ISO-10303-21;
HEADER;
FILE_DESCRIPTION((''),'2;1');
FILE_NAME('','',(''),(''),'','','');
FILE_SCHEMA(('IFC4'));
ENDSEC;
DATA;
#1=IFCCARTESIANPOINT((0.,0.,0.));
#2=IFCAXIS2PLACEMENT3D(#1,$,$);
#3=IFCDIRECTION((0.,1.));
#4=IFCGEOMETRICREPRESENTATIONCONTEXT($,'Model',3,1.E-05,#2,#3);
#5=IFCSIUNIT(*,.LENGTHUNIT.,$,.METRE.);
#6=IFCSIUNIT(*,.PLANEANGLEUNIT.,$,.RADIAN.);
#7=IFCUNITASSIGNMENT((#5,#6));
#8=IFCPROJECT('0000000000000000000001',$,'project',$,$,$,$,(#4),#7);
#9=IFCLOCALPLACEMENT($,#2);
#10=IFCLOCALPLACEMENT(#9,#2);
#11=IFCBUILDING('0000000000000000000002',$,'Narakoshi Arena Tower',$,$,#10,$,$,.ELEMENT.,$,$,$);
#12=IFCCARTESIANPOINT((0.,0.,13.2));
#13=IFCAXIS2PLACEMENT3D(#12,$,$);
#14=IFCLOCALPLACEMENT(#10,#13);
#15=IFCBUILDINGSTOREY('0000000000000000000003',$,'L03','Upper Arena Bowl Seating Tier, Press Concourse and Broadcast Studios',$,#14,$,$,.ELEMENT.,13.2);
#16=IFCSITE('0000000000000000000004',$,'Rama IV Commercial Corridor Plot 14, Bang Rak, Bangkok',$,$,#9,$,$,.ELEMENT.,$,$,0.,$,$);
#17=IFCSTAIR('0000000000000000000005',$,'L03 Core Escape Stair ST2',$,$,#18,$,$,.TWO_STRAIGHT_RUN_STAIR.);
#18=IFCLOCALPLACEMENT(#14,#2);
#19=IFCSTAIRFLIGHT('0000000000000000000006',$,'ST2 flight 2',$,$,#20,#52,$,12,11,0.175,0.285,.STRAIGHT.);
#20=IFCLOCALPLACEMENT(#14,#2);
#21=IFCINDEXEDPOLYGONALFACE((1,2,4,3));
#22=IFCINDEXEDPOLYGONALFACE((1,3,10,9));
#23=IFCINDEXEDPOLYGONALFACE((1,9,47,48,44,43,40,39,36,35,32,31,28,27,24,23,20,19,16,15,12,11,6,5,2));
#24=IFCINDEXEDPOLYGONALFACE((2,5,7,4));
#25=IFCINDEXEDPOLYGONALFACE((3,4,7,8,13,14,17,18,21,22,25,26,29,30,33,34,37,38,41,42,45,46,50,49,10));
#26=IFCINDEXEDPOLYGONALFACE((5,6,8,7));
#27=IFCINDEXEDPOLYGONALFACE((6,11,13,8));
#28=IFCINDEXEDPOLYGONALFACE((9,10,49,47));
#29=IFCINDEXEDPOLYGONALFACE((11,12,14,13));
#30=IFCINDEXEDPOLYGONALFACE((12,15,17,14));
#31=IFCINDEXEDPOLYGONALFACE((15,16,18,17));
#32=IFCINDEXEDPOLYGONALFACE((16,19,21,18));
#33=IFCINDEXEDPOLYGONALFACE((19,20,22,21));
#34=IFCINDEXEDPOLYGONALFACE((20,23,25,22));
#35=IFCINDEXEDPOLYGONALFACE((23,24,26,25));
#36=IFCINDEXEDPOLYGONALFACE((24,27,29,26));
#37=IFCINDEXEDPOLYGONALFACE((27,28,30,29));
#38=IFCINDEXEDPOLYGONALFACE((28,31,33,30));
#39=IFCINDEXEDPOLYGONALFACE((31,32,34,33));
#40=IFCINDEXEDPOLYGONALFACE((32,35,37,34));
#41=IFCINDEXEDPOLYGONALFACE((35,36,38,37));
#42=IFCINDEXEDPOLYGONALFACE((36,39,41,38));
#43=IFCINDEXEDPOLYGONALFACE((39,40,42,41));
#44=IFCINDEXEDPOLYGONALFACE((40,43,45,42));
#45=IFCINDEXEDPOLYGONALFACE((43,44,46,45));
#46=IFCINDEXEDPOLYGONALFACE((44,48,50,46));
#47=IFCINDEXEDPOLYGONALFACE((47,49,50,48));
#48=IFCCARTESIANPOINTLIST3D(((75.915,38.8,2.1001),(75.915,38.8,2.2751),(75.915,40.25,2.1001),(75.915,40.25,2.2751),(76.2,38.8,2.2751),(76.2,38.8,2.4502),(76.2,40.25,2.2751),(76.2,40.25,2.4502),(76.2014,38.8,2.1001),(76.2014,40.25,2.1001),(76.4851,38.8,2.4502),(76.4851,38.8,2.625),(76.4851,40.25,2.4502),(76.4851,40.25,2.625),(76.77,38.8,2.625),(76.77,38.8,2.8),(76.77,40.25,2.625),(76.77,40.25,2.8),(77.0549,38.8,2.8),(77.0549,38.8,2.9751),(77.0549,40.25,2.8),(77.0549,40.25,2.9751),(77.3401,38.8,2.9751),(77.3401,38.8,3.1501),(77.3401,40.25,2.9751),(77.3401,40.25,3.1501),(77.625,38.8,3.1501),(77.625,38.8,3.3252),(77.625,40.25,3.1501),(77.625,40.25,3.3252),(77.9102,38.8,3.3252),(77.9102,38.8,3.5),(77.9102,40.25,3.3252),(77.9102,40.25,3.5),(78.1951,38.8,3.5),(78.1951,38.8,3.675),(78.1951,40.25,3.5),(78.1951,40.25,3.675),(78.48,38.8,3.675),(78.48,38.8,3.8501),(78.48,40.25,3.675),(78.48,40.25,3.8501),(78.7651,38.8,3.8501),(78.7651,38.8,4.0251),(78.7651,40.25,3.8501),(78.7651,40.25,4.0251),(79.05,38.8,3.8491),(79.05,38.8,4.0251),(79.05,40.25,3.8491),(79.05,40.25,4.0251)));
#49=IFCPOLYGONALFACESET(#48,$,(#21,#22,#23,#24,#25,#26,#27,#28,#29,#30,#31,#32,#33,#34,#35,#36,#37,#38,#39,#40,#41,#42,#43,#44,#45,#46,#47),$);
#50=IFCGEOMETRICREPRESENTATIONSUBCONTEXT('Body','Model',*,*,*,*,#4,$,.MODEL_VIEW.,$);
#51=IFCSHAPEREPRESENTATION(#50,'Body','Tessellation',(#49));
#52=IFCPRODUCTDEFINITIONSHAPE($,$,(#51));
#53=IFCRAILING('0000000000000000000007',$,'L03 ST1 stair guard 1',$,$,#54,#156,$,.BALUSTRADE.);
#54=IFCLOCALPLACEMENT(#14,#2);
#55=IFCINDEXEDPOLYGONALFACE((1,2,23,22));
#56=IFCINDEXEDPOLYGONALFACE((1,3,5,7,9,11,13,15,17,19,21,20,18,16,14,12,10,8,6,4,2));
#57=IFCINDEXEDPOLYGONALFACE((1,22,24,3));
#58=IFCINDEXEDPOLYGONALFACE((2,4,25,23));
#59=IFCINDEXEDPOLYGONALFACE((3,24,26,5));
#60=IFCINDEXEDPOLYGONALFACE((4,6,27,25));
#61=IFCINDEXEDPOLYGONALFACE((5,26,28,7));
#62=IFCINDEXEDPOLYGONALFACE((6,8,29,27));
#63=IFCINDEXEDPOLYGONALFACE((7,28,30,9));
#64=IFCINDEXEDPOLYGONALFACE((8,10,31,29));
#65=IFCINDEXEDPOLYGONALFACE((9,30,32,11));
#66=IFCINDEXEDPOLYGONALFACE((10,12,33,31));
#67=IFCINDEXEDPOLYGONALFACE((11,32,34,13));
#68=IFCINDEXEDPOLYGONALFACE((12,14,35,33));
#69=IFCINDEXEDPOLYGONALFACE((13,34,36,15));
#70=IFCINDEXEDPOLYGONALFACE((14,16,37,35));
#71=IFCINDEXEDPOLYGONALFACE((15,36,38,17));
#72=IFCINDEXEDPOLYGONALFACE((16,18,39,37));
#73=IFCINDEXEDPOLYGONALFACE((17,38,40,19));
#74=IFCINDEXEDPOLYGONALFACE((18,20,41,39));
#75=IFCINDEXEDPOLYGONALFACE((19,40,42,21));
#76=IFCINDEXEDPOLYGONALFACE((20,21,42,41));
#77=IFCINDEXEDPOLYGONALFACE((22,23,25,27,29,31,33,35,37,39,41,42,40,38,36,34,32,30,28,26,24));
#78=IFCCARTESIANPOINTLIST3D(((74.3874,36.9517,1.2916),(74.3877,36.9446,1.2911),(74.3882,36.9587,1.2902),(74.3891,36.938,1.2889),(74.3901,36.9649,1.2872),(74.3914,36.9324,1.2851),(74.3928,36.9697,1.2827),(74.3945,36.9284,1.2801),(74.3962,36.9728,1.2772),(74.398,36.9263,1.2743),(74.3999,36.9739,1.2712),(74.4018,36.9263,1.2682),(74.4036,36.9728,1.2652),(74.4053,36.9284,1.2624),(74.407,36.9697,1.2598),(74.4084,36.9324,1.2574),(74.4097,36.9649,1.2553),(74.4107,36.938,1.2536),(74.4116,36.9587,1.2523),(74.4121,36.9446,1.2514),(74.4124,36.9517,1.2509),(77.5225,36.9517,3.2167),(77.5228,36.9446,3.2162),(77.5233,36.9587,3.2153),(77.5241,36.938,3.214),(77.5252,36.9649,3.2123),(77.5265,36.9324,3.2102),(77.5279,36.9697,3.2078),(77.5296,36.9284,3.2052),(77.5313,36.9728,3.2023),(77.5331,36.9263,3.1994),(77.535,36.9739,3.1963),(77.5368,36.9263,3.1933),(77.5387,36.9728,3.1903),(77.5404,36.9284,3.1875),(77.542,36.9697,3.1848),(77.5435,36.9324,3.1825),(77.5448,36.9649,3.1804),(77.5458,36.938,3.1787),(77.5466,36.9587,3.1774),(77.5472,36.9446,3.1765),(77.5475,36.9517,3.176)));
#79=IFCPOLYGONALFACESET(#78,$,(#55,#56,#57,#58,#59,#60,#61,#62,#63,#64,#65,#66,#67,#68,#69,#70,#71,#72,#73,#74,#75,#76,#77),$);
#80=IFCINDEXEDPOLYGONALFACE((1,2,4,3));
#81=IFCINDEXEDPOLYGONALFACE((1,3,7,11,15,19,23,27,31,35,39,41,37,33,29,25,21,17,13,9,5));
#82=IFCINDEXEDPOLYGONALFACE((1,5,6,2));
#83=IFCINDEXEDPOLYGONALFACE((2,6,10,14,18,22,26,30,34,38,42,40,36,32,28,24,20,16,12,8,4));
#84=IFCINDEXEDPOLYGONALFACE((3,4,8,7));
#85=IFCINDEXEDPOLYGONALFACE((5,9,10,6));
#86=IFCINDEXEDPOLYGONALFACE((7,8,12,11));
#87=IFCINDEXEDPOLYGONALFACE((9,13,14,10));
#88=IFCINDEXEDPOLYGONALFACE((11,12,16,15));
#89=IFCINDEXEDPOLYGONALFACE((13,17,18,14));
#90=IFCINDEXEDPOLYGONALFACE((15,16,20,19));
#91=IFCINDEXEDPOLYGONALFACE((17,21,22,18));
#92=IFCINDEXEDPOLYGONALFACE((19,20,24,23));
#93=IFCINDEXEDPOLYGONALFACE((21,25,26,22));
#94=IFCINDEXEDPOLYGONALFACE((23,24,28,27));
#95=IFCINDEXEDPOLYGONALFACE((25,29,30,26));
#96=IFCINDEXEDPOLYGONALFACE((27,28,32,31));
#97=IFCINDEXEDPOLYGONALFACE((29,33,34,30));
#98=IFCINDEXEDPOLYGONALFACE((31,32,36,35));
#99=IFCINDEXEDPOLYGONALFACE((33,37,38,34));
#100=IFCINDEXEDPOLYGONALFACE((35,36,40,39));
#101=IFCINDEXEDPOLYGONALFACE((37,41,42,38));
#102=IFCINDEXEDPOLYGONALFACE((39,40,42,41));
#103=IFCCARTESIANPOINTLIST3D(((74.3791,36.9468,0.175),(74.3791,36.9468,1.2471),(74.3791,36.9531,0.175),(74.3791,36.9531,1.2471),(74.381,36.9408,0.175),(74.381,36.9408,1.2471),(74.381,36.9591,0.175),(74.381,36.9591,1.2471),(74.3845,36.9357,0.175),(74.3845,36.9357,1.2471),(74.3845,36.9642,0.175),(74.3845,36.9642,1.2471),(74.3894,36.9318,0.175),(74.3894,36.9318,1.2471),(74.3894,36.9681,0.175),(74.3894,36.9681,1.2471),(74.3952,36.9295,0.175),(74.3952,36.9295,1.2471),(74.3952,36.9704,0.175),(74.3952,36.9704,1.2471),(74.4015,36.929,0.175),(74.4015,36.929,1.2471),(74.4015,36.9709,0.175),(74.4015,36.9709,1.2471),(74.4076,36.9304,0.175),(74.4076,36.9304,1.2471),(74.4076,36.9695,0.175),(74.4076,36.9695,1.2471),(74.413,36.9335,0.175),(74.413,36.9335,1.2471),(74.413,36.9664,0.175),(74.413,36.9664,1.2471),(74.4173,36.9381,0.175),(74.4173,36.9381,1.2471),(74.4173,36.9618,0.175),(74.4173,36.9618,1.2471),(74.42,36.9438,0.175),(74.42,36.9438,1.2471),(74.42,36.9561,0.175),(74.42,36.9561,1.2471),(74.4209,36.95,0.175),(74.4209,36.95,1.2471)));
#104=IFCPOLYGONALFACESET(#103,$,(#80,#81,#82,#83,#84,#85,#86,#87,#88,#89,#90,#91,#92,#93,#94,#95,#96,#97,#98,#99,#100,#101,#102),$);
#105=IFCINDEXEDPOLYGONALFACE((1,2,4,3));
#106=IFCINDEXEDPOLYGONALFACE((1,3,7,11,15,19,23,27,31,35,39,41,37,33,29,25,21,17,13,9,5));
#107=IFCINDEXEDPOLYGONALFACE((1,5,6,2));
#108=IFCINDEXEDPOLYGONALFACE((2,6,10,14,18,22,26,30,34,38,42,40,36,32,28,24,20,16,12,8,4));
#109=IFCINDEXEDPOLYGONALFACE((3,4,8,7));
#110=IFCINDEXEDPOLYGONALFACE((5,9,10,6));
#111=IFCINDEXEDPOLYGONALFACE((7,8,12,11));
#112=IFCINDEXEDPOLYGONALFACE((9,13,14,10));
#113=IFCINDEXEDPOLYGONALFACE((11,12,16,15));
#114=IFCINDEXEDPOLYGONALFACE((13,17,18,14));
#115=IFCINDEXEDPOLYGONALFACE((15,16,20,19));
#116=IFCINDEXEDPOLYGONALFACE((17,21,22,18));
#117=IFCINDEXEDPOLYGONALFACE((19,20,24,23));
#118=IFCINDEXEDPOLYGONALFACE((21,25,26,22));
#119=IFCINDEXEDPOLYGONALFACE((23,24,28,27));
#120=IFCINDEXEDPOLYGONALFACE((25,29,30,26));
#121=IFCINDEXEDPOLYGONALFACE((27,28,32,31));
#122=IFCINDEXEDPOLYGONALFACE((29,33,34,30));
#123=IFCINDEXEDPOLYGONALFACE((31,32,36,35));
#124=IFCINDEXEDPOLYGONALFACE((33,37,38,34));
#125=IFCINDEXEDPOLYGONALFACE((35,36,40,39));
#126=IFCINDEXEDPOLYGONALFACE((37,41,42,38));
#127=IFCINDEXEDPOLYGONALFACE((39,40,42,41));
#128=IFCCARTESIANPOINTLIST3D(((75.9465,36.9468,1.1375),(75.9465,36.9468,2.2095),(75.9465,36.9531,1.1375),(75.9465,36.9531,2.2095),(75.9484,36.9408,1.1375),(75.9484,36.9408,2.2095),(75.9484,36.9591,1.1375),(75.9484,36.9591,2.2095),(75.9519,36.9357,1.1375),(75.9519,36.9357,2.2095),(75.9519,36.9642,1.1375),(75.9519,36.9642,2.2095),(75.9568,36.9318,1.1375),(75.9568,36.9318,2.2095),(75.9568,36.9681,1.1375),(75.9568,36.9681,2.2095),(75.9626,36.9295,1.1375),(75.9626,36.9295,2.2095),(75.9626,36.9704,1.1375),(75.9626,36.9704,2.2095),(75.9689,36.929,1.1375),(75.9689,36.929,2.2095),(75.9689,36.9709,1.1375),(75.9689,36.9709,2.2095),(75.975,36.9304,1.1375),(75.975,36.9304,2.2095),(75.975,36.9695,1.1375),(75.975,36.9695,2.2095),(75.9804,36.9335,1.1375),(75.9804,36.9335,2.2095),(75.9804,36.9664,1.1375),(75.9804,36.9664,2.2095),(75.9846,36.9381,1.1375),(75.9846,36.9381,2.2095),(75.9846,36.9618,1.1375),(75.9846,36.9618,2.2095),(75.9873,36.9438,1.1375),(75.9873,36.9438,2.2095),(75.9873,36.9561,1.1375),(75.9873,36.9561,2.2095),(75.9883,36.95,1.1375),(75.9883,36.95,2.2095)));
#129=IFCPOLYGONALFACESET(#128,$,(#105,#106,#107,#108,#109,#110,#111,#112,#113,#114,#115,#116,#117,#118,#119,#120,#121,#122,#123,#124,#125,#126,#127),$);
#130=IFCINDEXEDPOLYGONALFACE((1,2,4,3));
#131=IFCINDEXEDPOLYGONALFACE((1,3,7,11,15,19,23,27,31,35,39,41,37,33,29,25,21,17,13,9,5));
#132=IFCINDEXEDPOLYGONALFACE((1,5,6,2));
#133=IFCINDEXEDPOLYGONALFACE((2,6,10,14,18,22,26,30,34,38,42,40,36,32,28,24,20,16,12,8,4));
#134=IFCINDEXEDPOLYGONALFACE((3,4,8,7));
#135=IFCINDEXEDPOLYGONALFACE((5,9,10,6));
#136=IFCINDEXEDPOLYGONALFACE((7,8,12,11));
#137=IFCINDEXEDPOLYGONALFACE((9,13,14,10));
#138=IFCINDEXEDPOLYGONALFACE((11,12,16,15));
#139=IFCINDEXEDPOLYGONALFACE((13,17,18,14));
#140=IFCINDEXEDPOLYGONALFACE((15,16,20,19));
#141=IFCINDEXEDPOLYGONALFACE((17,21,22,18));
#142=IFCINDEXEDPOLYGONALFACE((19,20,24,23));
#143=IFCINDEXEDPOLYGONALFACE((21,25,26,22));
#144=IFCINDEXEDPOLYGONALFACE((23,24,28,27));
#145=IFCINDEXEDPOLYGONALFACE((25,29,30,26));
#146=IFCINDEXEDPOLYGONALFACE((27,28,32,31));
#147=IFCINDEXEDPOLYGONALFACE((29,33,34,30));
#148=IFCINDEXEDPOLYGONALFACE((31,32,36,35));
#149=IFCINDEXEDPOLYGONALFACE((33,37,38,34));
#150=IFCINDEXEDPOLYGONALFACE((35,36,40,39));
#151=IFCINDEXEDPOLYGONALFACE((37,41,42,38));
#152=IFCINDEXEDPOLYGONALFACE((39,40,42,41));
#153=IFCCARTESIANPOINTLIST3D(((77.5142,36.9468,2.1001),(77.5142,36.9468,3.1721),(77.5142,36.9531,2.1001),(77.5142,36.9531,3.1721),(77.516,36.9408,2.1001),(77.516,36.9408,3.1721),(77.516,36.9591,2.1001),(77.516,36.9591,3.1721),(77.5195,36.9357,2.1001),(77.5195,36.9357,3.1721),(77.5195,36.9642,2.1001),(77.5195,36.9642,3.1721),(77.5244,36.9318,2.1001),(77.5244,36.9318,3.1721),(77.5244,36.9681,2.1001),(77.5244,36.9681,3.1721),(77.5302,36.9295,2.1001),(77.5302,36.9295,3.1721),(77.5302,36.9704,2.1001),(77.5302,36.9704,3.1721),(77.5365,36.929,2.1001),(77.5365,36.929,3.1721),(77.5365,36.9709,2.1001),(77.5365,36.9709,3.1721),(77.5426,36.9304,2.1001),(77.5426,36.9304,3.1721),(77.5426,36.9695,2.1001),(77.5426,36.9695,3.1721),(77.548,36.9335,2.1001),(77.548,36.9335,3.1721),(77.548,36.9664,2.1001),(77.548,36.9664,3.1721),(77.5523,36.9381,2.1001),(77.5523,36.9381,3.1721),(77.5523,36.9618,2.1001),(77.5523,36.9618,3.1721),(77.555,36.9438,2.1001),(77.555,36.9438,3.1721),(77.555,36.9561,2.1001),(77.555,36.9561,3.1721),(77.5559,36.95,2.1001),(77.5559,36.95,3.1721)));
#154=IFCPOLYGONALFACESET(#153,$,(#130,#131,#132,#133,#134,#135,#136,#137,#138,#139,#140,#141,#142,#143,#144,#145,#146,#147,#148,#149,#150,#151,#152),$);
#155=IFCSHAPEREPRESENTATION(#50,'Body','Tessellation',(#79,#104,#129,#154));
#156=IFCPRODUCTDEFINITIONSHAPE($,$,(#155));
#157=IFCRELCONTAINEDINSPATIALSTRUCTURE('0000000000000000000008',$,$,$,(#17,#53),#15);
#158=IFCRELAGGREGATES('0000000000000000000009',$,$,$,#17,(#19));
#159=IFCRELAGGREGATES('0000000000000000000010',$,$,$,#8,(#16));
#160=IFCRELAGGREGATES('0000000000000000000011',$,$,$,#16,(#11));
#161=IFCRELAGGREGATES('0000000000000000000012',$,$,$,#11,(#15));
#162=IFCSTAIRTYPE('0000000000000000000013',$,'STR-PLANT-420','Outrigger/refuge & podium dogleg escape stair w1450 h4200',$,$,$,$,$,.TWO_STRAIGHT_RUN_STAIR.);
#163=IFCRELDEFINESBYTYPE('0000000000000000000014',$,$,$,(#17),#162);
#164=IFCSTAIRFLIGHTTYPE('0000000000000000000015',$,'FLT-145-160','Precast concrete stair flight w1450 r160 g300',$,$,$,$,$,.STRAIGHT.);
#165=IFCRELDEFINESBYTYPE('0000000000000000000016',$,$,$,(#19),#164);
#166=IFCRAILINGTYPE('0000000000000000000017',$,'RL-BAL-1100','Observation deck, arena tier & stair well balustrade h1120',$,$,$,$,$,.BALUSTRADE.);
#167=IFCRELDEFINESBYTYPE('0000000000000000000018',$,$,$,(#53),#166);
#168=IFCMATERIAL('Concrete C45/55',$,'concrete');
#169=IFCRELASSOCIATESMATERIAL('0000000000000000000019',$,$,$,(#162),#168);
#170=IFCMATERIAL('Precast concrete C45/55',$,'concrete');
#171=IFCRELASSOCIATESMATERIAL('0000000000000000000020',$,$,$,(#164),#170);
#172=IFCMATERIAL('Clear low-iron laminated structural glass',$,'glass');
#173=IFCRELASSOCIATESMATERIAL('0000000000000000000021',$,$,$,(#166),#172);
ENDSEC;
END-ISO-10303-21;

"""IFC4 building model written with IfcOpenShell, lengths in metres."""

from ifc_helpers import new_model, si_unit, direction, frame, origin, origin_2d, place, context, subcontext, project, spatial, polyline, circle, outline, extrude, material, type_object, element, aggregate, save


model = new_model("IFC4")

# Units and contexts
model_context = context("Model", 3, precision=1e-05, world=origin(), true_north=direction((0.0, 1.0)))
body_context = subcontext(model_context, "Body", "Model", "MODEL_VIEW")
ifc_project = project(units=[si_unit("LENGTHUNIT", "METRE"), si_unit("PLANEANGLEUNIT", "RADIAN")], contexts=[model_context])

# Site, building, storey
site_placement = place(None, origin())
site = spatial("IfcSite", under=ifc_project, at=site_placement, Name="Rama IV Commercial Corridor Plot 14, Bang Rak, Bangkok", CompositionType="ELEMENT", RefElevation=0.0)
building_placement = place(site_placement, origin())
building = spatial("IfcBuilding", under=site, at=building_placement, Name="Narakoshi Arena Tower", CompositionType="ELEMENT")
storey_placement = place(building_placement, frame((0.0, 0.0, 13.2)))
storey = spatial("IfcBuildingStorey", under=building, at=storey_placement, Name="L03", Description="Upper Arena Bowl Seating Tier, Press Concourse and Broadcast Studios", CompositionType="ELEMENT", Elevation=13.2)

# Shared definitions
ifc_material_1 = material(Name="Concrete C45/55", Category="concrete")
stair_type = type_object("IfcStairType", Name="STR-PLANT-420", Description="Outrigger/refuge & podium dogleg escape stair w1450 h4200", PredefinedType="TWO_STRAIGHT_RUN_STAIR", material=ifc_material_1)
ifc_material_2 = material(Name="Precast concrete C45/55", Category="concrete")
stair_flight_type = type_object("IfcStairFlightType", Name="FLT-145-160", Description="Precast concrete stair flight w1450 r160 g300", PredefinedType="STRAIGHT", material=ifc_material_2)

# Stair, stair flight
stair_1_placement = place(storey_placement, origin())
stair_1 = element("IfcStair", 1, at=stair_1_placement, inside=storey, type_object=stair_type, Name="L03 Core Escape Stair ST2", PredefinedType="TWO_STRAIGHT_RUN_STAIR")
stair_flight_1_placement = place(storey_placement, frame((75.915, 39.5249, 2.1001), z_axis=(0.0, 0.0, 1.0), x_axis=(1.0, 0.0, 0.0)))
stair_flight_1 = element("IfcStairFlight", 2, at=stair_flight_1_placement, type_object=stair_flight_type, Name="ST2 flight 2", NumberOfRisers=12, NumberOfTreads=11, PredefinedType="STRAIGHT", RiserHeight=0.175, TreadLength=0.285, context=body_context, shape_type="SweptSolid", body=[
    extrude(outline(polyline([(0.0, 0.0), (0.0, 0.175), (0.2849, 0.175), (0.2849, 0.3501), (0.5701, 0.3501), (0.5701, 0.5249), (0.855, 0.5249), (0.855, 0.7), (1.1399, 0.7), (1.1399, 0.875), (1.425, 0.875), (1.425, 1.05), (1.71, 1.05), (1.71, 1.2251), (1.9951, 1.2251), (1.9951, 1.3999), (2.28, 1.3999), (2.28, 1.575), (2.5649, 1.575), (2.5649, 1.75), (2.8501, 1.75), (2.8501, 1.925), (3.135, 1.925), (3.135, 2.1001), (3.135, 1.749), (0.2864, 0.0), (0.0, 0.0)])), frame((0.0, 0.7251, 0.0), z_axis=(0.0, -1.0, 0.0), x_axis=(1.0, 0.0, 0.0)), (0.0, 0.0, 1.0), 1.45),
])
aggregate(stair_1, [stair_flight_1])

# Railing
ifc_material_3 = material(Name="Clear low-iron laminated structural glass", Category="glass")
railing_type_1 = type_object("IfcRailingType", Name="RL-BAL-1100", Description="Observation deck, arena tier & stair well balustrade h1120", PredefinedType="BALUSTRADE", material=ifc_material_3)
railing_1_placement = place(storey_placement, frame((74.3999, 36.95, 0.175)))
element("IfcRailing", 3, at=railing_1_placement, inside=storey, type_object=railing_type_1, Name="L03 ST1 stair guard 1", PredefinedType="BALUSTRADE", context=body_context, shape_type="SweptSolid", body=[
    extrude(circle(Radius=0.0239, at=origin_2d()), frame((0.0, 0.0, 1.0962), z_axis=(0.852166, 0.0, 0.523271), x_axis=(0.0, 1.0, 0.0)), (0.0, 0.0, 1.0), 3.679),
    extrude(circle(Radius=0.021, at=origin_2d()), origin(), (0.0, 0.0, 1.0), 1.072),
    extrude(circle(Radius=0.021, at=origin_2d()), frame((1.5674, 0.0, 0.9624)), (0.0, 0.0, 1.0), 1.072),
    extrude(circle(Radius=0.021, at=origin_2d()), frame((3.135, 0.0, 1.925)), (0.0, 0.0, 1.0), 1.072),
])

save(model, "model.ifc")
